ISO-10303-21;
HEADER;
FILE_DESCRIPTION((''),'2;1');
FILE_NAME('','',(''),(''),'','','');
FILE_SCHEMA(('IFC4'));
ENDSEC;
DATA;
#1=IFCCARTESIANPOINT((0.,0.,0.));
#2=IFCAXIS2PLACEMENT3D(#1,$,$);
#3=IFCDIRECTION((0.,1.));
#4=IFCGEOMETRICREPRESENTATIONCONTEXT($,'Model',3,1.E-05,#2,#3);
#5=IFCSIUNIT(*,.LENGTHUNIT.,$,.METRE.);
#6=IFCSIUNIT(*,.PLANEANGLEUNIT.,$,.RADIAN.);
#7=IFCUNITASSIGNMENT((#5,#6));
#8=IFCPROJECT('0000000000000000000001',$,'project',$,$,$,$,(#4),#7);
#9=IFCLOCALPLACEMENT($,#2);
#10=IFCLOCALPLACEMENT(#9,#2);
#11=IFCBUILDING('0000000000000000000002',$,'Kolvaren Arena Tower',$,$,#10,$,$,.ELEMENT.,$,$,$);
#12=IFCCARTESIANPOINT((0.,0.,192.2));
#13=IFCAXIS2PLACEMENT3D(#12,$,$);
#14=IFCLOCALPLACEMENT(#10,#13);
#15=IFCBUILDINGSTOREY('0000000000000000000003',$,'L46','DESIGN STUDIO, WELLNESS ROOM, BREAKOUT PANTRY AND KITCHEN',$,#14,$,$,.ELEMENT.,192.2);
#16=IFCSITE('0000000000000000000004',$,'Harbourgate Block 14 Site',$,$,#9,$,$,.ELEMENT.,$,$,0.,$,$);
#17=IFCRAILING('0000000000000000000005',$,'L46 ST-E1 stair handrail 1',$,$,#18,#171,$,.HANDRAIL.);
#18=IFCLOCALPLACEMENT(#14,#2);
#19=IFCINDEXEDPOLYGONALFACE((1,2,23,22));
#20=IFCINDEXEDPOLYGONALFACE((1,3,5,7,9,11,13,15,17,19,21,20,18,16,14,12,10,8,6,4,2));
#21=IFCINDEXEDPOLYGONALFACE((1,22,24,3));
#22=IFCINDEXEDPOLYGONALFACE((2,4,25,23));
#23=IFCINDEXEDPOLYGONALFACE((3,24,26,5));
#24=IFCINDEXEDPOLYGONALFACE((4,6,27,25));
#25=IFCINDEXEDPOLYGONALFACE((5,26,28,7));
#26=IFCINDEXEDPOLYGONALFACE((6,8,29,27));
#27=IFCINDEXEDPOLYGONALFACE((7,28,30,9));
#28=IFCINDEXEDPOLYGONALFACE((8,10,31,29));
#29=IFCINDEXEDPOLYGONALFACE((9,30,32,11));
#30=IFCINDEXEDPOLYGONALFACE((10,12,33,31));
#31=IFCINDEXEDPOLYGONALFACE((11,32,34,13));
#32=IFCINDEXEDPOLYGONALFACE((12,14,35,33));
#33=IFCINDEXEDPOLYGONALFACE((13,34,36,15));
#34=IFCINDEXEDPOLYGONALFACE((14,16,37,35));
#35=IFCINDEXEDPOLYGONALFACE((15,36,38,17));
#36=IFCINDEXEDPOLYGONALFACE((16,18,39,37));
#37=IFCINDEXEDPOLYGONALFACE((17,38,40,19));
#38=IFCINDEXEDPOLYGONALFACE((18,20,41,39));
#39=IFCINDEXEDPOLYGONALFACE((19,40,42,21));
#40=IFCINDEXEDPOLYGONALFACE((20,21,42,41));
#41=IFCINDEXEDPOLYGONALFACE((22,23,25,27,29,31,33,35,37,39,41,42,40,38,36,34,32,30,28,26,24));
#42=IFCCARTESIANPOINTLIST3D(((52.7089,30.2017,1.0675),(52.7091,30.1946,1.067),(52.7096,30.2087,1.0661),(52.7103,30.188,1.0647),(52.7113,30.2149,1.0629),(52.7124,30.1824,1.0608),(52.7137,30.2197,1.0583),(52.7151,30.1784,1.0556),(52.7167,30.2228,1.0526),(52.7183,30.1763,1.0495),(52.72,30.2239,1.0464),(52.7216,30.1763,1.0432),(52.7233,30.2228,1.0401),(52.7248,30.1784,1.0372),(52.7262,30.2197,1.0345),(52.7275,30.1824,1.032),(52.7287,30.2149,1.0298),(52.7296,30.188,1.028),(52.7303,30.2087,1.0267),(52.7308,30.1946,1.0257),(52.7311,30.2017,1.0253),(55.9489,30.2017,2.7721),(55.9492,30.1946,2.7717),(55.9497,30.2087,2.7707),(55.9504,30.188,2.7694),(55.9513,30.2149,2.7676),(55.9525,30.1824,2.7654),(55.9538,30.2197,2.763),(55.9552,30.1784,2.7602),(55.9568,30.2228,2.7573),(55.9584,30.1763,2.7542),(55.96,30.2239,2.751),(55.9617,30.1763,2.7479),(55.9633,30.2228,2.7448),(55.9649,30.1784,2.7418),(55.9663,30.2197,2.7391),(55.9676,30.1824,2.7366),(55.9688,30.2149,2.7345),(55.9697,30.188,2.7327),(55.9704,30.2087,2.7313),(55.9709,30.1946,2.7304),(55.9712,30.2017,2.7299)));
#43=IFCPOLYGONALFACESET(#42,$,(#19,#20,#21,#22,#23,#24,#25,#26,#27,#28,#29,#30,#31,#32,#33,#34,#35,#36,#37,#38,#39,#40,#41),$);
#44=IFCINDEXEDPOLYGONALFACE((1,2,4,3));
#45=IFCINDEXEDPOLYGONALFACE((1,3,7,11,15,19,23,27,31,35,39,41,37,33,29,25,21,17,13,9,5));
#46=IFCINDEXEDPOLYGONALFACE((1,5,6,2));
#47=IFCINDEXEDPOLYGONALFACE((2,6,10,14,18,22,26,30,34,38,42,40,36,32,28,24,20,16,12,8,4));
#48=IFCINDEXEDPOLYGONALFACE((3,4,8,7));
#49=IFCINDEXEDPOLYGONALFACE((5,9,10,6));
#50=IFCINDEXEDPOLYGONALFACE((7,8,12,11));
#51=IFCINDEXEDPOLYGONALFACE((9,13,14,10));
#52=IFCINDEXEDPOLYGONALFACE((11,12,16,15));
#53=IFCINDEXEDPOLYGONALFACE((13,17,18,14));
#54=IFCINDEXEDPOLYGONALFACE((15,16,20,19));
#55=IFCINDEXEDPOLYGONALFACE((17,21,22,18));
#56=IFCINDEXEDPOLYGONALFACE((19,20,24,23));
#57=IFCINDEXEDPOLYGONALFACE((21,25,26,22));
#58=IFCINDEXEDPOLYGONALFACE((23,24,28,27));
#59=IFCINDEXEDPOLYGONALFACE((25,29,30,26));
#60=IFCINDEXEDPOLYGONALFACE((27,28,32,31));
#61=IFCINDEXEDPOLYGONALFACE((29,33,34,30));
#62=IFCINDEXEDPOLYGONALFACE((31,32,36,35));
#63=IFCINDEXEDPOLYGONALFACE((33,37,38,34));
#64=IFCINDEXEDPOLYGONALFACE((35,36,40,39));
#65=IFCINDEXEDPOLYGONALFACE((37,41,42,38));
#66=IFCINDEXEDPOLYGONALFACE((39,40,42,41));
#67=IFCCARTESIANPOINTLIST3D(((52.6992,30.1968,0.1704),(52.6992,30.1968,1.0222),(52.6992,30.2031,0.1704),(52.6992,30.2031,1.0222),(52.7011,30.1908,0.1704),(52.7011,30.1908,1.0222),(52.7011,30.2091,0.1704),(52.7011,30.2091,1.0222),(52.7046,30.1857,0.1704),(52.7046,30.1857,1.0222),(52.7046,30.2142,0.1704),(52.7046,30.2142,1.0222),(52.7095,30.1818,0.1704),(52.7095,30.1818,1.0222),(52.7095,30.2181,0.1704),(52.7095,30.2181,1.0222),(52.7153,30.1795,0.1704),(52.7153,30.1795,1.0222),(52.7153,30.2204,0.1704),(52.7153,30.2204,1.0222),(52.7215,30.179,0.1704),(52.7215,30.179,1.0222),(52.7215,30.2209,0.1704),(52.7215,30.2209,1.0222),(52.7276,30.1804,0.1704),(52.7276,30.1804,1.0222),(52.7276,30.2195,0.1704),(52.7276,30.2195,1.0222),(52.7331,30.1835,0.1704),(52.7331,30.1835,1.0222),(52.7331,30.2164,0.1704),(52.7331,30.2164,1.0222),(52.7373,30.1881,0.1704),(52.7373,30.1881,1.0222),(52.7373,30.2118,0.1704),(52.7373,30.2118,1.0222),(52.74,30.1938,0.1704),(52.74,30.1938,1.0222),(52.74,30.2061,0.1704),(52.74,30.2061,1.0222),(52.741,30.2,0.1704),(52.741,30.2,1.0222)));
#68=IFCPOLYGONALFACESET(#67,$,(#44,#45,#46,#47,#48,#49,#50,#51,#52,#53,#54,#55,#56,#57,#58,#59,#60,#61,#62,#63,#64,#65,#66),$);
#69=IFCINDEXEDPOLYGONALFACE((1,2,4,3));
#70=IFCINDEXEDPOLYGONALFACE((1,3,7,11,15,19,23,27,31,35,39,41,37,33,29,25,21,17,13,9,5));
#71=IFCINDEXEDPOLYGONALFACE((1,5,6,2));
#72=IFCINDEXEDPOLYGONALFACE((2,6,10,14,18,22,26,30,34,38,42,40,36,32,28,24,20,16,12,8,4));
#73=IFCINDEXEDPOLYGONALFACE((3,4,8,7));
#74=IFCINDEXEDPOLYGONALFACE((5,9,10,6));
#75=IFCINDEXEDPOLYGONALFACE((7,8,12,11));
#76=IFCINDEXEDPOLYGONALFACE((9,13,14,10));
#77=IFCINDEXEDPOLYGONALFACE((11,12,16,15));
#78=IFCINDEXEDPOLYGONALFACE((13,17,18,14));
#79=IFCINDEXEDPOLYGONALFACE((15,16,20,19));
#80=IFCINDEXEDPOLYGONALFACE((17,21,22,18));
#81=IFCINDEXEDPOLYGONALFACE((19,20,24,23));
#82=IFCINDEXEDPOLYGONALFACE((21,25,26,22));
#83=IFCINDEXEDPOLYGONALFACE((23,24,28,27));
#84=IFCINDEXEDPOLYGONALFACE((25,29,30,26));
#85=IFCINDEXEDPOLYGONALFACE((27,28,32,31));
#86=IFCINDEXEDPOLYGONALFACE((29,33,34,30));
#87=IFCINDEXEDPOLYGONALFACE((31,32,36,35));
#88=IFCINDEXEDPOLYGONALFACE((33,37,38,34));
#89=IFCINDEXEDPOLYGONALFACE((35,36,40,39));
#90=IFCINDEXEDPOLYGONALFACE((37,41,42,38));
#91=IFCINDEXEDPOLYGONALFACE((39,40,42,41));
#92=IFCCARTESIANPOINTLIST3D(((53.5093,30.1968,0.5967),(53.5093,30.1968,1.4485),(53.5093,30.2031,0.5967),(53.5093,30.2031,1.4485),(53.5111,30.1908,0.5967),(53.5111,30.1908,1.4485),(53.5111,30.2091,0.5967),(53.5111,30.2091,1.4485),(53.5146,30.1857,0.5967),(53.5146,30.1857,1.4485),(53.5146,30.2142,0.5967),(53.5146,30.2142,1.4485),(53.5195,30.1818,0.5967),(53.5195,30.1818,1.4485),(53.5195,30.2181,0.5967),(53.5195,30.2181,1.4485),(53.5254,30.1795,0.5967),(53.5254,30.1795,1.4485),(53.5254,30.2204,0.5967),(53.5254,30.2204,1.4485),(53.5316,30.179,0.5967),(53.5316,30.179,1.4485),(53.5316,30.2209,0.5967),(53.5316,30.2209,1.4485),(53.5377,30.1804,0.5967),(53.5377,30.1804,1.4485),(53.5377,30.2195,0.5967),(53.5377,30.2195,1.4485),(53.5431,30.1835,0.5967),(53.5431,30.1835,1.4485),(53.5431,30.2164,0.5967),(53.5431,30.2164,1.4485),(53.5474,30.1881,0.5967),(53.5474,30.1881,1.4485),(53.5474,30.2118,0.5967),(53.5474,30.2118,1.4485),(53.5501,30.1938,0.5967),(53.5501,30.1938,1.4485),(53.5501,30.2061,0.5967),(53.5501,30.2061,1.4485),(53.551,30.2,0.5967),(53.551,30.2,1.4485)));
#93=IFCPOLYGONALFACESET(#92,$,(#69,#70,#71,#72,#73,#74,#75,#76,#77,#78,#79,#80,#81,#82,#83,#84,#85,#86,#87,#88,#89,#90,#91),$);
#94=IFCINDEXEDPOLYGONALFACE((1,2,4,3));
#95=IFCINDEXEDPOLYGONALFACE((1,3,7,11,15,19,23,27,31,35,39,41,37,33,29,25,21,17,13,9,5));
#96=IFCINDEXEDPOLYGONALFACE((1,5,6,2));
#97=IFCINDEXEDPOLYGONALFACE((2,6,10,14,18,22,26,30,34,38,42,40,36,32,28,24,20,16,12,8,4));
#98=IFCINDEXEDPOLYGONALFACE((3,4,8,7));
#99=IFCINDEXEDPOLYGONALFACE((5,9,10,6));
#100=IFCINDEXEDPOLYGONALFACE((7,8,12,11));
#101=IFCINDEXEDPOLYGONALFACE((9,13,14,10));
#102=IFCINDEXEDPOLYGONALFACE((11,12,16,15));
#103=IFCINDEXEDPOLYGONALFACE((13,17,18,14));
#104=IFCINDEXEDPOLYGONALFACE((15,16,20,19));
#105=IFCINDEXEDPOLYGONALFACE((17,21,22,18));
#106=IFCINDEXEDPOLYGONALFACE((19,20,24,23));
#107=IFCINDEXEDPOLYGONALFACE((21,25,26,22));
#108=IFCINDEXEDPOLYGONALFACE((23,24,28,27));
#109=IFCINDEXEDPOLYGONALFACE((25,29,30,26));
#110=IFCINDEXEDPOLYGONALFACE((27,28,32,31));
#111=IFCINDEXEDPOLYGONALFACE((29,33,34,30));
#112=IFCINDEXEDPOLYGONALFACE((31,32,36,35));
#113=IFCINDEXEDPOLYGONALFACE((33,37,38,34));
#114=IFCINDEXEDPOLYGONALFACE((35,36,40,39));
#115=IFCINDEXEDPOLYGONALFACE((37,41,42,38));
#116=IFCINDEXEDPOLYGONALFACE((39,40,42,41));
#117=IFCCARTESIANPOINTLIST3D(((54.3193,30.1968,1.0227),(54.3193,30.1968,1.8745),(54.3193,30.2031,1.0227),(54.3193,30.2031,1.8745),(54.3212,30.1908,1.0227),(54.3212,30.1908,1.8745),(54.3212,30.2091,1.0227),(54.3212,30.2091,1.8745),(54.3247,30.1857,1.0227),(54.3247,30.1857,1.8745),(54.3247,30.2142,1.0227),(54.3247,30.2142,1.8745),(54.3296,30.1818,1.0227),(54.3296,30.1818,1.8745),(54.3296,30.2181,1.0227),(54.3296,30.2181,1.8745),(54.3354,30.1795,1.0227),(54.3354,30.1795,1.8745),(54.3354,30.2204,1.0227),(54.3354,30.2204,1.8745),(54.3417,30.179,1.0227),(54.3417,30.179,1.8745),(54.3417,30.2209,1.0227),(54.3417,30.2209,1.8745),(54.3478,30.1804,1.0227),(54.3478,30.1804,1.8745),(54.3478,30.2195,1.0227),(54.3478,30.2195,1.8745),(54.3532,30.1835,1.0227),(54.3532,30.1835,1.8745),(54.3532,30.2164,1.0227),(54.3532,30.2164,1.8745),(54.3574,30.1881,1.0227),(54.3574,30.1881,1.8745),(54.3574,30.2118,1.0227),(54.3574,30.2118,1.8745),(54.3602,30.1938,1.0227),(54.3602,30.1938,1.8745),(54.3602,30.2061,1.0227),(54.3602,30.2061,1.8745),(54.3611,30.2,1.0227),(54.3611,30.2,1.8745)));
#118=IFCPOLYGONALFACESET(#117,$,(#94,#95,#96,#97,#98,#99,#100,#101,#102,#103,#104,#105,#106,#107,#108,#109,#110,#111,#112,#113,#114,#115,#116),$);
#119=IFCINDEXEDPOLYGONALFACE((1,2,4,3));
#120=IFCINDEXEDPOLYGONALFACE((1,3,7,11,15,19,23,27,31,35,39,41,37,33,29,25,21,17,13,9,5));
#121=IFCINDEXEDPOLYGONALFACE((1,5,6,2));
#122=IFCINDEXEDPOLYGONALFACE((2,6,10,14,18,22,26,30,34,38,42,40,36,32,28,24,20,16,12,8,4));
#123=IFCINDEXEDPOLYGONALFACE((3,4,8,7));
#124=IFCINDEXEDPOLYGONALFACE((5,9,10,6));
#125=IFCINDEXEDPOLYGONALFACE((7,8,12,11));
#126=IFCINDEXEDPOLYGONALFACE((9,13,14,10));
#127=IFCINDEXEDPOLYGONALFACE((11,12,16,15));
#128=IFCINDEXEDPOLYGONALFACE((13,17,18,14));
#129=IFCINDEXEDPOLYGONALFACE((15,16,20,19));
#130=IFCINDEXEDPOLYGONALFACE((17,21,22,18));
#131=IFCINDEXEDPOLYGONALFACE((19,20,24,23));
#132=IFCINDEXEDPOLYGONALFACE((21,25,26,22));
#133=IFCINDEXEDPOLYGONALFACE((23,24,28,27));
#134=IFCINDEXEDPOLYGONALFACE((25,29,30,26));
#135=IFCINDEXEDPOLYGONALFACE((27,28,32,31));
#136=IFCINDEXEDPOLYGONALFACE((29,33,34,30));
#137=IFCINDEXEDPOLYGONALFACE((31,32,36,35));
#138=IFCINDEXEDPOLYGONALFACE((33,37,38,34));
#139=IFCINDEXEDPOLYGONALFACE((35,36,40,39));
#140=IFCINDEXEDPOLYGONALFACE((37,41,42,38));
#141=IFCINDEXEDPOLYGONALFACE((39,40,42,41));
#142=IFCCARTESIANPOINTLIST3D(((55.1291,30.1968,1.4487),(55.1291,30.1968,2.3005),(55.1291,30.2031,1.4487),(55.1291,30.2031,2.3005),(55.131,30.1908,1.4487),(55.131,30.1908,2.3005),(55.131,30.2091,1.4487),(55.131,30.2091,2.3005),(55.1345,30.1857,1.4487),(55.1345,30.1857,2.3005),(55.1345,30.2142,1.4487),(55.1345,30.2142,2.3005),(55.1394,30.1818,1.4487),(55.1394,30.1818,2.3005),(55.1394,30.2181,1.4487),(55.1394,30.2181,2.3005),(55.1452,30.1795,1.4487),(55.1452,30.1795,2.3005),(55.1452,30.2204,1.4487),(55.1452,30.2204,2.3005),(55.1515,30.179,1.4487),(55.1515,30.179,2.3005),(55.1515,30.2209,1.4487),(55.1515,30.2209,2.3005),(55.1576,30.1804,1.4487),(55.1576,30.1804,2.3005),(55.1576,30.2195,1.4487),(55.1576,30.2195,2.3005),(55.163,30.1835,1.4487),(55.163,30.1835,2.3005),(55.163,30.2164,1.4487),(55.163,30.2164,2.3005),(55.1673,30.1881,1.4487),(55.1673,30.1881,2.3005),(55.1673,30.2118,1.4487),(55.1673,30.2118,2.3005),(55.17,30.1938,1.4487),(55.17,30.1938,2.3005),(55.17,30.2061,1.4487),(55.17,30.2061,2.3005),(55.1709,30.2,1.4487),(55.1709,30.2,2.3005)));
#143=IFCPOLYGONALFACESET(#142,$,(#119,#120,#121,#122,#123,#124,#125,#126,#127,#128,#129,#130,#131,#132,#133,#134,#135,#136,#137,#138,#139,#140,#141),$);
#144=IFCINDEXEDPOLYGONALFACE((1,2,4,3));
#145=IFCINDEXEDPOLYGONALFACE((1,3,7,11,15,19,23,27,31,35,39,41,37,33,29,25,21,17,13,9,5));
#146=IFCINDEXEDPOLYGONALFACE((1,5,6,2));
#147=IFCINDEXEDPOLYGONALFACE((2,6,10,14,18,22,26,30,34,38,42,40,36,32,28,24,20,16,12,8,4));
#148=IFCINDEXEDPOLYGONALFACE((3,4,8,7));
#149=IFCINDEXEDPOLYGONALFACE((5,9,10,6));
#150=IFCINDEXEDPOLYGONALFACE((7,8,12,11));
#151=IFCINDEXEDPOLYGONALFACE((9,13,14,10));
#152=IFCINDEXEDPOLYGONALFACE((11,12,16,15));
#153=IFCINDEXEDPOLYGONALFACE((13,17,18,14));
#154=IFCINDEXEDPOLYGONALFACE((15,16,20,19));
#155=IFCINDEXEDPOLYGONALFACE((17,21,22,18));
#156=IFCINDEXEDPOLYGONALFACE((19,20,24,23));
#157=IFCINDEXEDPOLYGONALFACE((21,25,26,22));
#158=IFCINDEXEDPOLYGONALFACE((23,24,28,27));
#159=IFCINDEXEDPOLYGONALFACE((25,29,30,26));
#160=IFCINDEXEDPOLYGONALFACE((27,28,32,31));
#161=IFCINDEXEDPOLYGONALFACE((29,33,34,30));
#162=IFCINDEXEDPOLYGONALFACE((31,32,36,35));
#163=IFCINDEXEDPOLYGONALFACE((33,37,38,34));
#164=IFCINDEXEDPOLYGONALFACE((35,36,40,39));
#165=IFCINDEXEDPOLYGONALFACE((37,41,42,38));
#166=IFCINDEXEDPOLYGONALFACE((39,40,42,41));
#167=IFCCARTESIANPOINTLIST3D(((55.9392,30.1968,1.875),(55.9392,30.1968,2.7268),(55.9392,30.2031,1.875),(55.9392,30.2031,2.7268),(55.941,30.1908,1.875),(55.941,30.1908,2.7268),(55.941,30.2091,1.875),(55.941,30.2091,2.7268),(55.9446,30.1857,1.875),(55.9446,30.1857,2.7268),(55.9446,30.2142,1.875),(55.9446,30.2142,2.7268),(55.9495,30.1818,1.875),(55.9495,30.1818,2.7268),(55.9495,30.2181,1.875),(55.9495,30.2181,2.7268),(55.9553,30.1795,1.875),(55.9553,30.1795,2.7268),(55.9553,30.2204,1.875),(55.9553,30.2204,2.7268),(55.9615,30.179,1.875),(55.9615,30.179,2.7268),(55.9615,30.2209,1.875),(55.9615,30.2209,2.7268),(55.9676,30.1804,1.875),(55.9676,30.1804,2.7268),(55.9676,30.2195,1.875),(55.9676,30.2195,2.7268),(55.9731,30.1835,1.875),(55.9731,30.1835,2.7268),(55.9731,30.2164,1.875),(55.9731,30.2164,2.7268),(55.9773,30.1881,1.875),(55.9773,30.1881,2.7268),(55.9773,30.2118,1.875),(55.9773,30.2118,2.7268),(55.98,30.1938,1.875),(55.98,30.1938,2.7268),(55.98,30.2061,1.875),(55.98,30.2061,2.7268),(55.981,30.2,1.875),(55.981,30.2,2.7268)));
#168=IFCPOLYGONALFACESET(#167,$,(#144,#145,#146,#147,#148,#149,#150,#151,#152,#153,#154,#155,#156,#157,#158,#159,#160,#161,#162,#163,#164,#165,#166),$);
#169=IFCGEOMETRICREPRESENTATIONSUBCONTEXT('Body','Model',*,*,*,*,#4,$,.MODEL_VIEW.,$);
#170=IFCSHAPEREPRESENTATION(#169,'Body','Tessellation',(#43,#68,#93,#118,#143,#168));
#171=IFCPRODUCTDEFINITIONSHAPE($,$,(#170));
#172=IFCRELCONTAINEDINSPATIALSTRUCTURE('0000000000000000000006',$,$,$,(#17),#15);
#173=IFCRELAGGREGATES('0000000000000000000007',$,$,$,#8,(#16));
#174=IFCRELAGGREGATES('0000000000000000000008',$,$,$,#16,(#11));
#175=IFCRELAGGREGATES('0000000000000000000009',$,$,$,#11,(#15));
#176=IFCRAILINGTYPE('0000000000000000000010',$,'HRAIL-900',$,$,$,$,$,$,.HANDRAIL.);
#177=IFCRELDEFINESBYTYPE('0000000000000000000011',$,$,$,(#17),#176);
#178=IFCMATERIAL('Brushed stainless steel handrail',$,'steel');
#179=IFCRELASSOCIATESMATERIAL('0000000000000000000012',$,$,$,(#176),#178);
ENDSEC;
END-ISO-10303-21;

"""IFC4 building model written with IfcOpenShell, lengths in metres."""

from ifc_helpers import new_model, si_unit, direction, frame, origin, origin_2d, place, context, subcontext, project, spatial, circle, extrude, material, type_object, element, save


model = new_model("IFC4")

# Units and contexts
model_context = context("Model", 3, precision=1e-05, world=origin(), true_north=direction((0.0, 1.0)))
body_context = subcontext(model_context, "Body", "Model", "MODEL_VIEW")
ifc_project = project(units=[si_unit("LENGTHUNIT", "METRE"), si_unit("PLANEANGLEUNIT", "RADIAN")], contexts=[model_context])

# Site, building, storey
site_placement = place(None, origin())
site = spatial("IfcSite", under=ifc_project, at=site_placement, Name="Harbourgate Block 14 Site", CompositionType="ELEMENT", RefElevation=0.0)
building_placement = place(site_placement, origin())
building = spatial("IfcBuilding", under=site, at=building_placement, Name="Kolvaren Arena Tower", CompositionType="ELEMENT")
storey_placement = place(building_placement, frame((0.0, 0.0, 192.2)))
storey = spatial("IfcBuildingStorey", under=building, at=storey_placement, Name="L46", Description="DESIGN STUDIO, WELLNESS ROOM, BREAKOUT PANTRY AND KITCHEN", CompositionType="ELEMENT", Elevation=192.2)

# Railing
ifc_material_1 = material(Name="Brushed stainless steel handrail", Category="steel")
railing_type_1 = type_object("IfcRailingType", Name="HRAIL-900", PredefinedType="HANDRAIL", material=ifc_material_1)
railing_1_placement = place(storey_placement, frame((52.72, 30.2, 0.1704)))
element("IfcRailing", 1, at=railing_1_placement, inside=storey, type_object=railing_type_1, Name="L46 ST-E1 stair handrail 1", PredefinedType="HANDRAIL", context=body_context, shape_type="SweptSolid", body=[
    extrude(circle(Radius=0.0239, at=origin_2d()), frame((0.0, 0.0, 0.876), z_axis=(0.884993, 0.0, 0.465604), x_axis=(0.0, 1.0, 0.0)), (0.0, 0.0, 1.0), 3.6611),
    extrude(circle(Radius=0.021, at=origin_2d()), origin(), (0.0, 0.0, 1.0), 0.8518),
    extrude(circle(Radius=0.021, at=origin_2d()), frame((0.8101, 0.0, 0.4263)), (0.0, 0.0, 1.0), 0.8518),
    extrude(circle(Radius=0.021, at=origin_2d()), frame((1.6201, 0.0, 0.8523)), (0.0, 0.0, 1.0), 0.8518),
    extrude(circle(Radius=0.021, at=origin_2d()), frame((2.4299, 0.0, 1.2783)), (0.0, 0.0, 1.0), 0.8518),
    extrude(circle(Radius=0.021, at=origin_2d()), frame((3.24, 0.0, 1.7046)), (0.0, 0.0, 1.0), 0.8518),
])

save(model, "model.ifc")
